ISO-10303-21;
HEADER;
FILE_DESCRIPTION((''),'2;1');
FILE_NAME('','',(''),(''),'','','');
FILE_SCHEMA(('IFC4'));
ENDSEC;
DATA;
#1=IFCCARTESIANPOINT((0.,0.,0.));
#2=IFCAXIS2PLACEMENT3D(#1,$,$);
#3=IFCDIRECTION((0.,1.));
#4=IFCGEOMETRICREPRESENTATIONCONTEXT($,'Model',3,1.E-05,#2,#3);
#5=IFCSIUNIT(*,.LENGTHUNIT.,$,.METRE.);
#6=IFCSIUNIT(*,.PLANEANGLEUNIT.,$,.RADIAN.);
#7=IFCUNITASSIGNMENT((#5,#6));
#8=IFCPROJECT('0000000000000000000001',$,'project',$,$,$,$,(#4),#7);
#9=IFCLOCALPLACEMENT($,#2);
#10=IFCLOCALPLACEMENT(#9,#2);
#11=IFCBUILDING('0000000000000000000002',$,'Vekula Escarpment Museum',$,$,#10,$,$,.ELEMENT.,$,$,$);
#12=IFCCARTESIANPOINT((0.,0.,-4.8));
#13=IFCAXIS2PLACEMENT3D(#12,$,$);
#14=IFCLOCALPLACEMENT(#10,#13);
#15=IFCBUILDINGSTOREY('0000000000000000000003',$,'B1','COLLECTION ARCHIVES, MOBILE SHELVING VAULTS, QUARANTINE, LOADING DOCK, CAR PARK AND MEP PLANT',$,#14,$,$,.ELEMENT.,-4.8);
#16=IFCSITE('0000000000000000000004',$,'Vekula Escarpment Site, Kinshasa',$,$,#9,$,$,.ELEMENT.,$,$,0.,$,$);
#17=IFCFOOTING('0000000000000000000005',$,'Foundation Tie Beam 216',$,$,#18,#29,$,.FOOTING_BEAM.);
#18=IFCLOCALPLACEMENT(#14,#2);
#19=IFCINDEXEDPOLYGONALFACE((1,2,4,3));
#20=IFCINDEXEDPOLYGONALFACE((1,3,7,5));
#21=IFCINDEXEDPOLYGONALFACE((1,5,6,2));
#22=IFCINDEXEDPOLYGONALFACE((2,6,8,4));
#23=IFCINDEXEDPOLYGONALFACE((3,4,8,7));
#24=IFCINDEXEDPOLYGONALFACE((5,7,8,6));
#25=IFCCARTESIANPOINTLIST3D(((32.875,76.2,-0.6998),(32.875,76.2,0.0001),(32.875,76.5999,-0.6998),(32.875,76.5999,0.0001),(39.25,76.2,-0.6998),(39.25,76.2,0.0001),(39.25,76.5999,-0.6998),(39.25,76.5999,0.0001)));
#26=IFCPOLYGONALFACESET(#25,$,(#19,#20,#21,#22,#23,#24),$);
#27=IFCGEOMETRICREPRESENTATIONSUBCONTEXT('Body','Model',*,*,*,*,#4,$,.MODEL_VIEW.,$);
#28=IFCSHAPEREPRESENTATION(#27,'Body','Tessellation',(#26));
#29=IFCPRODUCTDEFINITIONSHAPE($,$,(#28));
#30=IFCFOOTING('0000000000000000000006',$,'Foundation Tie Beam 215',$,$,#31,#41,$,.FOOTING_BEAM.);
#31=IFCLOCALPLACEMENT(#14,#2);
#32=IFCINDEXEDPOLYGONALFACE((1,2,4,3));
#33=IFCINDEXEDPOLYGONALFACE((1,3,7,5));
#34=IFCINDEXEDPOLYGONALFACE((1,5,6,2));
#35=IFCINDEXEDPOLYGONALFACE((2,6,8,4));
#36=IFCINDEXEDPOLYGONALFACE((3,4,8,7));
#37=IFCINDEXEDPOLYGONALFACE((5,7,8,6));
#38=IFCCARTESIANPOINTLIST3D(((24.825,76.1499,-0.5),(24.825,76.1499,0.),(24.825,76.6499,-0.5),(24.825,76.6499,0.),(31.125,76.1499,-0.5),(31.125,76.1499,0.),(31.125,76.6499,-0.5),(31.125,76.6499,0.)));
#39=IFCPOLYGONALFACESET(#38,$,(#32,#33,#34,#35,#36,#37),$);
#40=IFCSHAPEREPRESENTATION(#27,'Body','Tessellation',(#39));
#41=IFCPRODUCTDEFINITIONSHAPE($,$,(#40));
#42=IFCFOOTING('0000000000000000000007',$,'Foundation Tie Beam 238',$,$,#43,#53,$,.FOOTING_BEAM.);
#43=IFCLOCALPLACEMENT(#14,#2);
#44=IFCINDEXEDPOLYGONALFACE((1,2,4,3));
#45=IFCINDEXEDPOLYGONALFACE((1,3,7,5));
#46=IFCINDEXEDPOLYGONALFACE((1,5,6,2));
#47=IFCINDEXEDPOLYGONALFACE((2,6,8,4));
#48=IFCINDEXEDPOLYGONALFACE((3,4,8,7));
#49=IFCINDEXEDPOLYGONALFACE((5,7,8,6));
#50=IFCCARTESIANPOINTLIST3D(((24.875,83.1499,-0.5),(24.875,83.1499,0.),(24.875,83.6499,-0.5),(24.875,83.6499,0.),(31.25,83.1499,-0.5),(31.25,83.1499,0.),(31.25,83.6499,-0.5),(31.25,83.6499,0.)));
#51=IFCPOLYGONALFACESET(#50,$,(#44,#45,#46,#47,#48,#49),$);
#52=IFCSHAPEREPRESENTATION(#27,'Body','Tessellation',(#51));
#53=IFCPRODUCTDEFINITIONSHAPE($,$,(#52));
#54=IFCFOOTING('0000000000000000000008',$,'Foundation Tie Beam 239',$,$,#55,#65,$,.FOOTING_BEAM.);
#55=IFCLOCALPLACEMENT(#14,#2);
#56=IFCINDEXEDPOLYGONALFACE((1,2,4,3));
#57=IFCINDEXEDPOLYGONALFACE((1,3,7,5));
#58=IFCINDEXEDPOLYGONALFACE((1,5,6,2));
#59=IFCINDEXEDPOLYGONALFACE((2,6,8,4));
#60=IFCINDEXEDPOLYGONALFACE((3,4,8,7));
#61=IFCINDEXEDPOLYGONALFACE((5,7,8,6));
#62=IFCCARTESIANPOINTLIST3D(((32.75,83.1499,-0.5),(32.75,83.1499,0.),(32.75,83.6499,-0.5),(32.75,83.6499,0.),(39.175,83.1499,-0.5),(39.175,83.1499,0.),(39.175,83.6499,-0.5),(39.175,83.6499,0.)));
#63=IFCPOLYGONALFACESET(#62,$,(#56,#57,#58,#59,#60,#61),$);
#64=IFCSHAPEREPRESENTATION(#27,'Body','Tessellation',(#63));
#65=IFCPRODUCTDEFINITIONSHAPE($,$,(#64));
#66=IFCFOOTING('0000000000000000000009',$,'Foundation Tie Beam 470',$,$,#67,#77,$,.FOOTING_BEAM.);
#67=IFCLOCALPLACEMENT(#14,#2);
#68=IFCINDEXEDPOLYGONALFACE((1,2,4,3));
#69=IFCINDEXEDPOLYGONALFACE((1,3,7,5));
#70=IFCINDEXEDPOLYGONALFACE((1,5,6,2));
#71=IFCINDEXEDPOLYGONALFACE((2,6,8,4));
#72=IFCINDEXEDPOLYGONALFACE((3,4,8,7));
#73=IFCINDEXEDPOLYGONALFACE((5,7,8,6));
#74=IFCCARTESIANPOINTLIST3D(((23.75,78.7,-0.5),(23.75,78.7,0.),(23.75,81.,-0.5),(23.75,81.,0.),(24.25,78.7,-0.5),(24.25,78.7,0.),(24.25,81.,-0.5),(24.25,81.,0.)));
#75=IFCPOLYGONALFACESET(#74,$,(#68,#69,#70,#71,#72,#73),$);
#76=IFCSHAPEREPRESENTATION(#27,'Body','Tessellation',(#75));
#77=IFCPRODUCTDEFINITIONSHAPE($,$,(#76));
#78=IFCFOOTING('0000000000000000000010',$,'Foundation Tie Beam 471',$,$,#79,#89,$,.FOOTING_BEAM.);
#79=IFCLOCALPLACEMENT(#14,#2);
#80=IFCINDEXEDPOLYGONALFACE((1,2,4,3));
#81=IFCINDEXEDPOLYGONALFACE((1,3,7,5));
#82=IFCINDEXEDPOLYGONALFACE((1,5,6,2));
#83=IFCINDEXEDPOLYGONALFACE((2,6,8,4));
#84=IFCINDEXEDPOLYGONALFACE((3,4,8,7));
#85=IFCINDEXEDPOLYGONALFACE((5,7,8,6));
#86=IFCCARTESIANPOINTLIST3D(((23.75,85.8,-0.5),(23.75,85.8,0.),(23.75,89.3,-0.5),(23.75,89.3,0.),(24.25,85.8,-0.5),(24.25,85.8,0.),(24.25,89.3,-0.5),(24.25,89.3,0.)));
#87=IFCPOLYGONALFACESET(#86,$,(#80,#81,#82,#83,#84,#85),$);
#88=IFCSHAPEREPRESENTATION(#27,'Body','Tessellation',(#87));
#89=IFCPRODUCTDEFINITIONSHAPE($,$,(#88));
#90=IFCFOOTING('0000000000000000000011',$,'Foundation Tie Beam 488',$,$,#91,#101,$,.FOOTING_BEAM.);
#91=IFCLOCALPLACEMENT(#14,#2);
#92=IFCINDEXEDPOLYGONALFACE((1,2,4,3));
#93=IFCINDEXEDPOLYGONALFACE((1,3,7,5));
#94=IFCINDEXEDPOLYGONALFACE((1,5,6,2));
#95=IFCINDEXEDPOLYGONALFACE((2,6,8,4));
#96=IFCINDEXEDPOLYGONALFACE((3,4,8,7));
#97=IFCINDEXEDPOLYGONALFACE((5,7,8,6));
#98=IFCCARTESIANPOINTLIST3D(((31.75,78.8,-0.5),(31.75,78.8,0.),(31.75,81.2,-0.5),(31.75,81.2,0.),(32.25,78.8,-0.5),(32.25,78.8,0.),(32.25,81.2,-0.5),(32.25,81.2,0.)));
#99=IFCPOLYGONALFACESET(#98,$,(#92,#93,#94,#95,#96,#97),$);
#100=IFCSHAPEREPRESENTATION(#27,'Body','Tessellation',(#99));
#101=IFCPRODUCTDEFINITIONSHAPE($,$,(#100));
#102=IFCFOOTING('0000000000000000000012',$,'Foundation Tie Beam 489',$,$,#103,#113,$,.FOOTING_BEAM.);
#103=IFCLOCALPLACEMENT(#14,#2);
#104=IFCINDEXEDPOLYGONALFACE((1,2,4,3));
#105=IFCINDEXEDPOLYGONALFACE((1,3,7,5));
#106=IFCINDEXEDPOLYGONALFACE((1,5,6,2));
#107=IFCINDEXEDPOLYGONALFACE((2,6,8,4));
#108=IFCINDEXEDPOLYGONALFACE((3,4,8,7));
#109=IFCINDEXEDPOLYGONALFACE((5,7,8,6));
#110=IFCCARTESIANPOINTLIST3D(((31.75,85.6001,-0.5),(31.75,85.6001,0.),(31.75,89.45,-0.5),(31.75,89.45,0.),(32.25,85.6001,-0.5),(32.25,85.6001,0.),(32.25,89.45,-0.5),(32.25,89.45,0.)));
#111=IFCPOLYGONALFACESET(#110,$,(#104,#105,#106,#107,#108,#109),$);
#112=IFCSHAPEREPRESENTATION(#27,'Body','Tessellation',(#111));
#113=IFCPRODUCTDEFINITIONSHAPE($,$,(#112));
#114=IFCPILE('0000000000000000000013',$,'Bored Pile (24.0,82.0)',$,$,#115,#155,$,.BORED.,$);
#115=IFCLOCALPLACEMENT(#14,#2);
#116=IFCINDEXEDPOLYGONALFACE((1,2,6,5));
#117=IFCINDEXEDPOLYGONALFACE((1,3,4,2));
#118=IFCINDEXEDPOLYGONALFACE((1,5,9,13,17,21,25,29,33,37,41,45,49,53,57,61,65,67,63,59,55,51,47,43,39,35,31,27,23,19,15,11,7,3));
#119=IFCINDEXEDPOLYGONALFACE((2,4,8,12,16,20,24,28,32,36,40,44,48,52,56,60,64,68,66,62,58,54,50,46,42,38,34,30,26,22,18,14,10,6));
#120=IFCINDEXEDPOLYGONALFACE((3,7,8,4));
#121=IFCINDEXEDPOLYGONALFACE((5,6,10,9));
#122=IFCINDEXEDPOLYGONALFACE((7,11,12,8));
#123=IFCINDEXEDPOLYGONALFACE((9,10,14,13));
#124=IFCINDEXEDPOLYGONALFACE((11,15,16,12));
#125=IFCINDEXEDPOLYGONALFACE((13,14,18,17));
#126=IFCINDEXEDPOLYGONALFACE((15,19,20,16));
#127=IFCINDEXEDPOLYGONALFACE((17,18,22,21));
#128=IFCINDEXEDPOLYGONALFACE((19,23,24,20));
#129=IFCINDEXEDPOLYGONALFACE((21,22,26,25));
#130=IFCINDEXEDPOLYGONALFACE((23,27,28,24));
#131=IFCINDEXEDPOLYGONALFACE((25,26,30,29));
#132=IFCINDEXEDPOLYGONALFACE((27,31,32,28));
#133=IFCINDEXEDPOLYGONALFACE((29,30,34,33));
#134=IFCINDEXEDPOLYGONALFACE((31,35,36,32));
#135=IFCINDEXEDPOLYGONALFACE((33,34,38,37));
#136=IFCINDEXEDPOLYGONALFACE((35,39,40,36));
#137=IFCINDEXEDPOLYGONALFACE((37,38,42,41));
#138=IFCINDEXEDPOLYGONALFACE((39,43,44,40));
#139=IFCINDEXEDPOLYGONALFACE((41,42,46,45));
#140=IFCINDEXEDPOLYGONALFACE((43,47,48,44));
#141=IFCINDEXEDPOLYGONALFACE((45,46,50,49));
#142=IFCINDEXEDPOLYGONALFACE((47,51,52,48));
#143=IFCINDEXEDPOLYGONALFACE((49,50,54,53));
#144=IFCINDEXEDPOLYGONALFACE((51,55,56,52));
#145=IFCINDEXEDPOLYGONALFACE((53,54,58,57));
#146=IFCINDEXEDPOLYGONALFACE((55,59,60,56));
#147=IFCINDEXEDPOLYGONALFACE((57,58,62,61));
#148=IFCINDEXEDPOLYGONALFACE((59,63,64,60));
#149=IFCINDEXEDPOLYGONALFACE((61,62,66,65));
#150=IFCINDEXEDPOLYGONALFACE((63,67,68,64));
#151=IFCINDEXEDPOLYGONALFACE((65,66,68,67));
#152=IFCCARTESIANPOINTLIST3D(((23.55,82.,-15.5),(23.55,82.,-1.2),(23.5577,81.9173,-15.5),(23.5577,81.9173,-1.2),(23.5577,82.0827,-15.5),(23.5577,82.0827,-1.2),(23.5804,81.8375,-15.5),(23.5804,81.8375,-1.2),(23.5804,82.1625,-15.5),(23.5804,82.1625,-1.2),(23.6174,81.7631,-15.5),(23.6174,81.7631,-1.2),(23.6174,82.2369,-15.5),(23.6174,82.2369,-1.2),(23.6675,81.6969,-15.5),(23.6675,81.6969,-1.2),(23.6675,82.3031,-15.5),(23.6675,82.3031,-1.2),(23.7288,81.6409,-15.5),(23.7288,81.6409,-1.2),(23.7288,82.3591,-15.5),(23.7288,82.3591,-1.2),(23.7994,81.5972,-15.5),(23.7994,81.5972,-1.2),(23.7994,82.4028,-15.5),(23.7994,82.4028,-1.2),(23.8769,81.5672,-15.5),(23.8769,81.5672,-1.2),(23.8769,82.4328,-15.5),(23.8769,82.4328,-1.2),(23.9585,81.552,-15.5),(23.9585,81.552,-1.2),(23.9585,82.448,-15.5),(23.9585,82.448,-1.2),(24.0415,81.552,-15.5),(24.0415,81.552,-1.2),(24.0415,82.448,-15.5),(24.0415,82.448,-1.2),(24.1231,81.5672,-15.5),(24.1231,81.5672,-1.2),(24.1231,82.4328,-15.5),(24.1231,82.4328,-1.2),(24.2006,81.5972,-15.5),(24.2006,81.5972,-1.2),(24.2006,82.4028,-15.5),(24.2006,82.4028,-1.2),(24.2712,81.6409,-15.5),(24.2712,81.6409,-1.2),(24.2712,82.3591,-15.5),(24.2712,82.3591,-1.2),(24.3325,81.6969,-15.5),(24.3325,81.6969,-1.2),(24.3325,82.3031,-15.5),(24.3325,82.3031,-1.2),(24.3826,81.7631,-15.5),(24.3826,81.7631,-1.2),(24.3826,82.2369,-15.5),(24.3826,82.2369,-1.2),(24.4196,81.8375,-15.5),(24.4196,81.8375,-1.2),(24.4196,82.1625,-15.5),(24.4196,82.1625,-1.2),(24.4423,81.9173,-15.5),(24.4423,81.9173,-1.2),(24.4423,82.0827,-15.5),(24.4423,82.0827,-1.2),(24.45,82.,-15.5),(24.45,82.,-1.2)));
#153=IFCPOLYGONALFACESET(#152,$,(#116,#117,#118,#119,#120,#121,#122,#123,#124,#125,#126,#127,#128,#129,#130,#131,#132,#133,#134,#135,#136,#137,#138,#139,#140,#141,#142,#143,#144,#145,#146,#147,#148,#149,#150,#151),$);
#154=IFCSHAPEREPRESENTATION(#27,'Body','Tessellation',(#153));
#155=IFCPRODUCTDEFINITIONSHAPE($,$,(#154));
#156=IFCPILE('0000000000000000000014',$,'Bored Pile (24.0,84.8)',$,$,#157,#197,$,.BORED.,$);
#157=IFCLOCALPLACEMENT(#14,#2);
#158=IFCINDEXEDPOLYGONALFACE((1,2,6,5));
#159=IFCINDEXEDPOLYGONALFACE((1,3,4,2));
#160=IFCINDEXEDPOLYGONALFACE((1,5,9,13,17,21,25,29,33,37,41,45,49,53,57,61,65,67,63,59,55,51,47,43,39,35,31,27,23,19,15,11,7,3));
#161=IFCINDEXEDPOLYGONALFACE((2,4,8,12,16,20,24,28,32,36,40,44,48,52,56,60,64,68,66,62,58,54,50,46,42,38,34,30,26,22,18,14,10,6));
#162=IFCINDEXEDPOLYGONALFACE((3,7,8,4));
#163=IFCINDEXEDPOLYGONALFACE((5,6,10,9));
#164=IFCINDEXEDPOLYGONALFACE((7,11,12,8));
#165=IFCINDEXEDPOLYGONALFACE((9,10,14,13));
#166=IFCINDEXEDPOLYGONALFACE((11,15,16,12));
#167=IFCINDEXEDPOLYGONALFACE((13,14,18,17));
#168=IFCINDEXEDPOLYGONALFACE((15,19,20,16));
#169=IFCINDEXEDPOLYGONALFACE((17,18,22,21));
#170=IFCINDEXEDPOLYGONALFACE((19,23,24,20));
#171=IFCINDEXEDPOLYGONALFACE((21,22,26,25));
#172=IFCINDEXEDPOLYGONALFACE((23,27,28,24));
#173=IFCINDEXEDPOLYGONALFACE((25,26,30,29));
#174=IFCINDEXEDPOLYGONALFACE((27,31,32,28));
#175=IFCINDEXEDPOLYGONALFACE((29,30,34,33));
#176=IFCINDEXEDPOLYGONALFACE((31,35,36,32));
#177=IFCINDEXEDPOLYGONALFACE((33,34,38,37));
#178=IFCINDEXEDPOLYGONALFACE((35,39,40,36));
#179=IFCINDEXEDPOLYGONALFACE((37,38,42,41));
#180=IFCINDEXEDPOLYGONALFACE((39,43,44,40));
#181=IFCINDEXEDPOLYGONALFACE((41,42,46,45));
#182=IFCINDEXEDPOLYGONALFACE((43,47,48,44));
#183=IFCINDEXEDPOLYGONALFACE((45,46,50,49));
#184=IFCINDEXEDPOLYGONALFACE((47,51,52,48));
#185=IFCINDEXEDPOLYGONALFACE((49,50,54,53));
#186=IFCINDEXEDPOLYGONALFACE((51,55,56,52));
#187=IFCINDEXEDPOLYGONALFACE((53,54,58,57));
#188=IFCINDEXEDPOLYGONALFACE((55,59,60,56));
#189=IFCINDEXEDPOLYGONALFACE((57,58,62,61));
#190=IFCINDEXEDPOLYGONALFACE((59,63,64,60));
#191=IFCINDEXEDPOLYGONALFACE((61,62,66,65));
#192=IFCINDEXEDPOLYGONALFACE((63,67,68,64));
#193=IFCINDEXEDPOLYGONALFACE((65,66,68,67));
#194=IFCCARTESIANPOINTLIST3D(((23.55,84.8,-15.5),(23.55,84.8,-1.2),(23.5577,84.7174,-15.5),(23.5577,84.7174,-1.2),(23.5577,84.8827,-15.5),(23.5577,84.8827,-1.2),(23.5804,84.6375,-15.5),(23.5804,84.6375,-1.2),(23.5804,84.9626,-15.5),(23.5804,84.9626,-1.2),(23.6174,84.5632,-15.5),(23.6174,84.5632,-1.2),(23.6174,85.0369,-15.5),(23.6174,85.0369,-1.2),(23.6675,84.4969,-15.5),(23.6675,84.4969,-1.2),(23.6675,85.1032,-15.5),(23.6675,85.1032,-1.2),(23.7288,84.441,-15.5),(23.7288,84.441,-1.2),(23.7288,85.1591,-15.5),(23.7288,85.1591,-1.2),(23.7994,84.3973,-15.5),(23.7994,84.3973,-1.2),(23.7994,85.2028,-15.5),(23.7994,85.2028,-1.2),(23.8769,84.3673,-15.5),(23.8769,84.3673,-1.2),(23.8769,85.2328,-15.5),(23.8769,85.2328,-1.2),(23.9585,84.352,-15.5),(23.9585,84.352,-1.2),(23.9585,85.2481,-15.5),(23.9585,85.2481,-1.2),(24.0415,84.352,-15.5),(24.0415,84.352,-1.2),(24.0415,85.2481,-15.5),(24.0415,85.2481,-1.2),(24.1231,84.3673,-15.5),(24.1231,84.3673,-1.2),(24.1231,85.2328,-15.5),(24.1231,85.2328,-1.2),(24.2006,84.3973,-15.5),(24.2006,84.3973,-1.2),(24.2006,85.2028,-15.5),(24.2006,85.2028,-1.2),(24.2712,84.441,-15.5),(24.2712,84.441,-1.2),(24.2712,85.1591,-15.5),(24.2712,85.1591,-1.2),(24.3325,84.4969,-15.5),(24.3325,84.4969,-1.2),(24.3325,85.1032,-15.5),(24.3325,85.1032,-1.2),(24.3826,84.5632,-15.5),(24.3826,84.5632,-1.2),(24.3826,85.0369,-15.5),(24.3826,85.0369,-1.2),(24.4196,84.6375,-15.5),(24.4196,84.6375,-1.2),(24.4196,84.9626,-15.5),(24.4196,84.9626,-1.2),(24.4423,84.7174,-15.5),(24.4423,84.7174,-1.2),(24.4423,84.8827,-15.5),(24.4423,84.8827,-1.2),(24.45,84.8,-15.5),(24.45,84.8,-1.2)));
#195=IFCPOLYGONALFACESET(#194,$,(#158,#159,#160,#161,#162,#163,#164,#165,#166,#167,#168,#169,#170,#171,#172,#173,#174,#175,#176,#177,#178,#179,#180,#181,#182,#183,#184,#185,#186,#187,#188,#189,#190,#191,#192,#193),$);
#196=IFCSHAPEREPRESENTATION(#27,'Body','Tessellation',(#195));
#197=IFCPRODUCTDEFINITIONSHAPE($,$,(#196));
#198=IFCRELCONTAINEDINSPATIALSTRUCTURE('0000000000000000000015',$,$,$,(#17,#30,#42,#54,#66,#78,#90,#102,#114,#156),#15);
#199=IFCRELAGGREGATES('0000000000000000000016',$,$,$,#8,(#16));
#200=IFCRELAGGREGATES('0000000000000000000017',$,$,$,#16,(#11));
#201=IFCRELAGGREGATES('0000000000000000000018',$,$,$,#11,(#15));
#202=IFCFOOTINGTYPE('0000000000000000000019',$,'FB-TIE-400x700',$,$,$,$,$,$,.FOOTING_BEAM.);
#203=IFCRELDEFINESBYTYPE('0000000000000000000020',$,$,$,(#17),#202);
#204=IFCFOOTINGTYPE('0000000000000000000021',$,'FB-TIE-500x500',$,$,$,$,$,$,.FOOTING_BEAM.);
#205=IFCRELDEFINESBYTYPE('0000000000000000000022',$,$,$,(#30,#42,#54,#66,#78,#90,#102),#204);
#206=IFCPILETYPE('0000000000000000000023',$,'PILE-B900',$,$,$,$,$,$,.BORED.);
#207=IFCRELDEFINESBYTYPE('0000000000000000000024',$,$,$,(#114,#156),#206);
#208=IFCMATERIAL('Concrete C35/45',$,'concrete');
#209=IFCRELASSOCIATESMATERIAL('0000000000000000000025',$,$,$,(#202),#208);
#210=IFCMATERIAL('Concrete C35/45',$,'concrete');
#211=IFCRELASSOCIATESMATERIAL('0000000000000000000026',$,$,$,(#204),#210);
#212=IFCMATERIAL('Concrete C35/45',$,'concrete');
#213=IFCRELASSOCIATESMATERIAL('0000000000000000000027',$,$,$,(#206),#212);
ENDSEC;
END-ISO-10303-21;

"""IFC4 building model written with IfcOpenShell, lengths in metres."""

from ifc_helpers import new_model, si_unit, direction, frame, origin, origin_2d, place, context, subcontext, project, spatial, rectangle, circle, extrude, material, material_profile, profile_set, type_object, element, save


model = new_model("IFC4")

# Units and contexts
model_context = context("Model", 3, precision=1e-05, world=origin(), true_north=direction((0.0, 1.0)))
body_context = subcontext(model_context, "Body", "Model", "MODEL_VIEW")
ifc_project = project(units=[si_unit("LENGTHUNIT", "METRE"), si_unit("PLANEANGLEUNIT", "RADIAN")], contexts=[model_context])

# Site, building, storey
site_placement = place(None, origin())
site = spatial("IfcSite", under=ifc_project, at=site_placement, Name="Vekula Escarpment Site, Kinshasa", CompositionType="ELEMENT", RefElevation=0.0)
building_placement = place(site_placement, origin())
building = spatial("IfcBuilding", under=site, at=building_placement, Name="Vekula Escarpment Museum", CompositionType="ELEMENT")
storey_placement = place(building_placement, frame((0.0, 0.0, -4.8)))
storey = spatial("IfcBuildingStorey", under=building, at=storey_placement, Name="B1", Description="COLLECTION ARCHIVES, MOBILE SHELVING VAULTS, QUARANTINE, LOADING DOCK, CAR PARK AND MEP PLANT", CompositionType="ELEMENT", Elevation=-4.8)

# Footings
ifc_material_1 = material(Name="Concrete C35/45", Category="concrete")
ifc_material_profile_1 = material_profile(ifc_material_1, rectangle(XDim=0.3999, YDim=0.7, at=origin_2d()), Name="RC 400x700")
ifc_profile_set_1 = profile_set([ifc_material_profile_1], Name="Concrete C35/45")
footing_type_1 = type_object("IfcFootingType", Name="FB-TIE-400x700", PredefinedType="FOOTING_BEAM", material=ifc_profile_set_1)
footing_1_placement = place(storey_placement, frame((32.875, 76.3999, -0.3499), z_axis=(1.0, 0.0, 0.0), x_axis=(0.0, 1.0, 0.0)))
element("IfcFooting", 1, at=footing_1_placement, inside=storey, type_object=footing_type_1, Name="Foundation Tie Beam 216", PredefinedType="FOOTING_BEAM", context=body_context, shape_type="SweptSolid", body=[
    extrude(rectangle(XDim=0.3999, YDim=0.7, at=origin_2d()), origin(), (0.0, 0.0, 1.0), 6.375),
])
ifc_material_2 = material(Name="Concrete C35/45", Category="concrete")
ifc_material_profile_2 = material_profile(ifc_material_2, rectangle(XDim=0.5, YDim=0.5, at=origin_2d()), Name="RC 500x500")
ifc_profile_set_2 = profile_set([ifc_material_profile_2], Name="Concrete C35/45")
footing_type_2 = type_object("IfcFootingType", Name="FB-TIE-500x500", PredefinedType="FOOTING_BEAM", material=ifc_profile_set_2)
footing_2_placement = place(storey_placement, frame((24.825, 76.3999, -0.25), z_axis=(1.0, 0.0, 0.0), x_axis=(0.0, 1.0, 0.0)))
element("IfcFooting", 2, at=footing_2_placement, inside=storey, type_object=footing_type_2, Name="Foundation Tie Beam 215", PredefinedType="FOOTING_BEAM", context=body_context, shape_type="SweptSolid", body=[
    extrude(rectangle(XDim=0.5, YDim=0.5, at=origin_2d()), origin(), (0.0, 0.0, 1.0), 6.3),
])
footing_3_placement = place(storey_placement, frame((24.875, 83.3999, -0.25), z_axis=(1.0, 0.0, 0.0), x_axis=(0.0, 1.0, 0.0)))
element("IfcFooting", 3, at=footing_3_placement, inside=storey, type_object=footing_type_2, Name="Foundation Tie Beam 238", PredefinedType="FOOTING_BEAM", context=body_context, shape_type="SweptSolid", body=[
    extrude(rectangle(XDim=0.5, YDim=0.5, at=origin_2d()), origin(), (0.0, 0.0, 1.0), 6.375),
])
footing_4_placement = place(storey_placement, frame((32.75, 83.3999, -0.25), z_axis=(1.0, 0.0, 0.0), x_axis=(0.0, 1.0, 0.0)))
element("IfcFooting", 4, at=footing_4_placement, inside=storey, type_object=footing_type_2, Name="Foundation Tie Beam 239", PredefinedType="FOOTING_BEAM", context=body_context, shape_type="SweptSolid", body=[
    extrude(rectangle(XDim=0.5, YDim=0.5, at=origin_2d()), origin(), (0.0, 0.0, 1.0), 6.425),
])
footing_5_placement = place(storey_placement, frame((24.0, 78.7, -0.25), z_axis=(0.0, 1.0, 0.0), x_axis=(-1.0, 0.0, 0.0)))
element("IfcFooting", 5, at=footing_5_placement, inside=storey, type_object=footing_type_2, Name="Foundation Tie Beam 470", PredefinedType="FOOTING_BEAM", context=body_context, shape_type="SweptSolid", body=[
    extrude(rectangle(XDim=0.5, YDim=0.5, at=origin_2d()), origin(), (0.0, 0.0, 1.0), 2.3),
])
footing_6_placement = place(storey_placement, frame((24.0, 85.8, -0.25), z_axis=(0.0, 1.0, 0.0), x_axis=(-1.0, 0.0, 0.0)))
element("IfcFooting", 6, at=footing_6_placement, inside=storey, type_object=footing_type_2, Name="Foundation Tie Beam 471", PredefinedType="FOOTING_BEAM", context=body_context, shape_type="SweptSolid", body=[
    extrude(rectangle(XDim=0.5, YDim=0.5, at=origin_2d()), origin(), (0.0, 0.0, 1.0), 3.5),
])
footing_7_placement = place(storey_placement, frame((32.0, 78.8, -0.25), z_axis=(0.0, 1.0, 0.0), x_axis=(-1.0, 0.0, 0.0)))
element("IfcFooting", 7, at=footing_7_placement, inside=storey, type_object=footing_type_2, Name="Foundation Tie Beam 488", PredefinedType="FOOTING_BEAM", context=body_context, shape_type="SweptSolid", body=[
    extrude(rectangle(XDim=0.5, YDim=0.5, at=origin_2d()), origin(), (0.0, 0.0, 1.0), 2.3999),
])
footing_8_placement = place(storey_placement, frame((32.0, 85.6001, -0.25), z_axis=(0.0, 1.0, 0.0), x_axis=(-1.0, 0.0, 0.0)))
element("IfcFooting", 8, at=footing_8_placement, inside=storey, type_object=footing_type_2, Name="Foundation Tie Beam 489", PredefinedType="FOOTING_BEAM", context=body_context, shape_type="SweptSolid", body=[
    extrude(rectangle(XDim=0.5, YDim=0.5, at=origin_2d()), origin(), (0.0, 0.0, 1.0), 3.8499),
])

# Piles
ifc_material_3 = material(Name="Concrete C35/45", Category="concrete")
ifc_material_profile_3 = material_profile(ifc_material_3, circle(Radius=0.45, at=origin_2d()), Name="BORED PILE 900")
ifc_profile_set_3 = profile_set([ifc_material_profile_3], Name="Concrete C35/45")
pile_type = type_object("IfcPileType", Name="PILE-B900", PredefinedType="BORED", material=ifc_profile_set_3)
for number, where, z_axis, x_axis, name in (
    (9, (24.0, 82.0, -1.2), (0.0, 0.0, -1.0), (1.0, 0.0, 0.0), "Bored Pile (24.0,82.0)"),
    (10, (24.0, 84.8, -1.2), (0.0, 0.0, -1.0), (1.0, 0.0, 0.0), "Bored Pile (24.0,84.8)"),
):
    element("IfcPile", number, at=place(storey_placement, frame(where, z_axis=z_axis, x_axis=x_axis)), inside=storey, type_object=pile_type, Name=name, PredefinedType="BORED", context=body_context, shape_type="SweptSolid", body=[
        extrude(circle(Radius=0.45, at=origin_2d()), origin(), (0.0, 0.0, 1.0), 14.3),
    ])

save(model, "model.ifc")
